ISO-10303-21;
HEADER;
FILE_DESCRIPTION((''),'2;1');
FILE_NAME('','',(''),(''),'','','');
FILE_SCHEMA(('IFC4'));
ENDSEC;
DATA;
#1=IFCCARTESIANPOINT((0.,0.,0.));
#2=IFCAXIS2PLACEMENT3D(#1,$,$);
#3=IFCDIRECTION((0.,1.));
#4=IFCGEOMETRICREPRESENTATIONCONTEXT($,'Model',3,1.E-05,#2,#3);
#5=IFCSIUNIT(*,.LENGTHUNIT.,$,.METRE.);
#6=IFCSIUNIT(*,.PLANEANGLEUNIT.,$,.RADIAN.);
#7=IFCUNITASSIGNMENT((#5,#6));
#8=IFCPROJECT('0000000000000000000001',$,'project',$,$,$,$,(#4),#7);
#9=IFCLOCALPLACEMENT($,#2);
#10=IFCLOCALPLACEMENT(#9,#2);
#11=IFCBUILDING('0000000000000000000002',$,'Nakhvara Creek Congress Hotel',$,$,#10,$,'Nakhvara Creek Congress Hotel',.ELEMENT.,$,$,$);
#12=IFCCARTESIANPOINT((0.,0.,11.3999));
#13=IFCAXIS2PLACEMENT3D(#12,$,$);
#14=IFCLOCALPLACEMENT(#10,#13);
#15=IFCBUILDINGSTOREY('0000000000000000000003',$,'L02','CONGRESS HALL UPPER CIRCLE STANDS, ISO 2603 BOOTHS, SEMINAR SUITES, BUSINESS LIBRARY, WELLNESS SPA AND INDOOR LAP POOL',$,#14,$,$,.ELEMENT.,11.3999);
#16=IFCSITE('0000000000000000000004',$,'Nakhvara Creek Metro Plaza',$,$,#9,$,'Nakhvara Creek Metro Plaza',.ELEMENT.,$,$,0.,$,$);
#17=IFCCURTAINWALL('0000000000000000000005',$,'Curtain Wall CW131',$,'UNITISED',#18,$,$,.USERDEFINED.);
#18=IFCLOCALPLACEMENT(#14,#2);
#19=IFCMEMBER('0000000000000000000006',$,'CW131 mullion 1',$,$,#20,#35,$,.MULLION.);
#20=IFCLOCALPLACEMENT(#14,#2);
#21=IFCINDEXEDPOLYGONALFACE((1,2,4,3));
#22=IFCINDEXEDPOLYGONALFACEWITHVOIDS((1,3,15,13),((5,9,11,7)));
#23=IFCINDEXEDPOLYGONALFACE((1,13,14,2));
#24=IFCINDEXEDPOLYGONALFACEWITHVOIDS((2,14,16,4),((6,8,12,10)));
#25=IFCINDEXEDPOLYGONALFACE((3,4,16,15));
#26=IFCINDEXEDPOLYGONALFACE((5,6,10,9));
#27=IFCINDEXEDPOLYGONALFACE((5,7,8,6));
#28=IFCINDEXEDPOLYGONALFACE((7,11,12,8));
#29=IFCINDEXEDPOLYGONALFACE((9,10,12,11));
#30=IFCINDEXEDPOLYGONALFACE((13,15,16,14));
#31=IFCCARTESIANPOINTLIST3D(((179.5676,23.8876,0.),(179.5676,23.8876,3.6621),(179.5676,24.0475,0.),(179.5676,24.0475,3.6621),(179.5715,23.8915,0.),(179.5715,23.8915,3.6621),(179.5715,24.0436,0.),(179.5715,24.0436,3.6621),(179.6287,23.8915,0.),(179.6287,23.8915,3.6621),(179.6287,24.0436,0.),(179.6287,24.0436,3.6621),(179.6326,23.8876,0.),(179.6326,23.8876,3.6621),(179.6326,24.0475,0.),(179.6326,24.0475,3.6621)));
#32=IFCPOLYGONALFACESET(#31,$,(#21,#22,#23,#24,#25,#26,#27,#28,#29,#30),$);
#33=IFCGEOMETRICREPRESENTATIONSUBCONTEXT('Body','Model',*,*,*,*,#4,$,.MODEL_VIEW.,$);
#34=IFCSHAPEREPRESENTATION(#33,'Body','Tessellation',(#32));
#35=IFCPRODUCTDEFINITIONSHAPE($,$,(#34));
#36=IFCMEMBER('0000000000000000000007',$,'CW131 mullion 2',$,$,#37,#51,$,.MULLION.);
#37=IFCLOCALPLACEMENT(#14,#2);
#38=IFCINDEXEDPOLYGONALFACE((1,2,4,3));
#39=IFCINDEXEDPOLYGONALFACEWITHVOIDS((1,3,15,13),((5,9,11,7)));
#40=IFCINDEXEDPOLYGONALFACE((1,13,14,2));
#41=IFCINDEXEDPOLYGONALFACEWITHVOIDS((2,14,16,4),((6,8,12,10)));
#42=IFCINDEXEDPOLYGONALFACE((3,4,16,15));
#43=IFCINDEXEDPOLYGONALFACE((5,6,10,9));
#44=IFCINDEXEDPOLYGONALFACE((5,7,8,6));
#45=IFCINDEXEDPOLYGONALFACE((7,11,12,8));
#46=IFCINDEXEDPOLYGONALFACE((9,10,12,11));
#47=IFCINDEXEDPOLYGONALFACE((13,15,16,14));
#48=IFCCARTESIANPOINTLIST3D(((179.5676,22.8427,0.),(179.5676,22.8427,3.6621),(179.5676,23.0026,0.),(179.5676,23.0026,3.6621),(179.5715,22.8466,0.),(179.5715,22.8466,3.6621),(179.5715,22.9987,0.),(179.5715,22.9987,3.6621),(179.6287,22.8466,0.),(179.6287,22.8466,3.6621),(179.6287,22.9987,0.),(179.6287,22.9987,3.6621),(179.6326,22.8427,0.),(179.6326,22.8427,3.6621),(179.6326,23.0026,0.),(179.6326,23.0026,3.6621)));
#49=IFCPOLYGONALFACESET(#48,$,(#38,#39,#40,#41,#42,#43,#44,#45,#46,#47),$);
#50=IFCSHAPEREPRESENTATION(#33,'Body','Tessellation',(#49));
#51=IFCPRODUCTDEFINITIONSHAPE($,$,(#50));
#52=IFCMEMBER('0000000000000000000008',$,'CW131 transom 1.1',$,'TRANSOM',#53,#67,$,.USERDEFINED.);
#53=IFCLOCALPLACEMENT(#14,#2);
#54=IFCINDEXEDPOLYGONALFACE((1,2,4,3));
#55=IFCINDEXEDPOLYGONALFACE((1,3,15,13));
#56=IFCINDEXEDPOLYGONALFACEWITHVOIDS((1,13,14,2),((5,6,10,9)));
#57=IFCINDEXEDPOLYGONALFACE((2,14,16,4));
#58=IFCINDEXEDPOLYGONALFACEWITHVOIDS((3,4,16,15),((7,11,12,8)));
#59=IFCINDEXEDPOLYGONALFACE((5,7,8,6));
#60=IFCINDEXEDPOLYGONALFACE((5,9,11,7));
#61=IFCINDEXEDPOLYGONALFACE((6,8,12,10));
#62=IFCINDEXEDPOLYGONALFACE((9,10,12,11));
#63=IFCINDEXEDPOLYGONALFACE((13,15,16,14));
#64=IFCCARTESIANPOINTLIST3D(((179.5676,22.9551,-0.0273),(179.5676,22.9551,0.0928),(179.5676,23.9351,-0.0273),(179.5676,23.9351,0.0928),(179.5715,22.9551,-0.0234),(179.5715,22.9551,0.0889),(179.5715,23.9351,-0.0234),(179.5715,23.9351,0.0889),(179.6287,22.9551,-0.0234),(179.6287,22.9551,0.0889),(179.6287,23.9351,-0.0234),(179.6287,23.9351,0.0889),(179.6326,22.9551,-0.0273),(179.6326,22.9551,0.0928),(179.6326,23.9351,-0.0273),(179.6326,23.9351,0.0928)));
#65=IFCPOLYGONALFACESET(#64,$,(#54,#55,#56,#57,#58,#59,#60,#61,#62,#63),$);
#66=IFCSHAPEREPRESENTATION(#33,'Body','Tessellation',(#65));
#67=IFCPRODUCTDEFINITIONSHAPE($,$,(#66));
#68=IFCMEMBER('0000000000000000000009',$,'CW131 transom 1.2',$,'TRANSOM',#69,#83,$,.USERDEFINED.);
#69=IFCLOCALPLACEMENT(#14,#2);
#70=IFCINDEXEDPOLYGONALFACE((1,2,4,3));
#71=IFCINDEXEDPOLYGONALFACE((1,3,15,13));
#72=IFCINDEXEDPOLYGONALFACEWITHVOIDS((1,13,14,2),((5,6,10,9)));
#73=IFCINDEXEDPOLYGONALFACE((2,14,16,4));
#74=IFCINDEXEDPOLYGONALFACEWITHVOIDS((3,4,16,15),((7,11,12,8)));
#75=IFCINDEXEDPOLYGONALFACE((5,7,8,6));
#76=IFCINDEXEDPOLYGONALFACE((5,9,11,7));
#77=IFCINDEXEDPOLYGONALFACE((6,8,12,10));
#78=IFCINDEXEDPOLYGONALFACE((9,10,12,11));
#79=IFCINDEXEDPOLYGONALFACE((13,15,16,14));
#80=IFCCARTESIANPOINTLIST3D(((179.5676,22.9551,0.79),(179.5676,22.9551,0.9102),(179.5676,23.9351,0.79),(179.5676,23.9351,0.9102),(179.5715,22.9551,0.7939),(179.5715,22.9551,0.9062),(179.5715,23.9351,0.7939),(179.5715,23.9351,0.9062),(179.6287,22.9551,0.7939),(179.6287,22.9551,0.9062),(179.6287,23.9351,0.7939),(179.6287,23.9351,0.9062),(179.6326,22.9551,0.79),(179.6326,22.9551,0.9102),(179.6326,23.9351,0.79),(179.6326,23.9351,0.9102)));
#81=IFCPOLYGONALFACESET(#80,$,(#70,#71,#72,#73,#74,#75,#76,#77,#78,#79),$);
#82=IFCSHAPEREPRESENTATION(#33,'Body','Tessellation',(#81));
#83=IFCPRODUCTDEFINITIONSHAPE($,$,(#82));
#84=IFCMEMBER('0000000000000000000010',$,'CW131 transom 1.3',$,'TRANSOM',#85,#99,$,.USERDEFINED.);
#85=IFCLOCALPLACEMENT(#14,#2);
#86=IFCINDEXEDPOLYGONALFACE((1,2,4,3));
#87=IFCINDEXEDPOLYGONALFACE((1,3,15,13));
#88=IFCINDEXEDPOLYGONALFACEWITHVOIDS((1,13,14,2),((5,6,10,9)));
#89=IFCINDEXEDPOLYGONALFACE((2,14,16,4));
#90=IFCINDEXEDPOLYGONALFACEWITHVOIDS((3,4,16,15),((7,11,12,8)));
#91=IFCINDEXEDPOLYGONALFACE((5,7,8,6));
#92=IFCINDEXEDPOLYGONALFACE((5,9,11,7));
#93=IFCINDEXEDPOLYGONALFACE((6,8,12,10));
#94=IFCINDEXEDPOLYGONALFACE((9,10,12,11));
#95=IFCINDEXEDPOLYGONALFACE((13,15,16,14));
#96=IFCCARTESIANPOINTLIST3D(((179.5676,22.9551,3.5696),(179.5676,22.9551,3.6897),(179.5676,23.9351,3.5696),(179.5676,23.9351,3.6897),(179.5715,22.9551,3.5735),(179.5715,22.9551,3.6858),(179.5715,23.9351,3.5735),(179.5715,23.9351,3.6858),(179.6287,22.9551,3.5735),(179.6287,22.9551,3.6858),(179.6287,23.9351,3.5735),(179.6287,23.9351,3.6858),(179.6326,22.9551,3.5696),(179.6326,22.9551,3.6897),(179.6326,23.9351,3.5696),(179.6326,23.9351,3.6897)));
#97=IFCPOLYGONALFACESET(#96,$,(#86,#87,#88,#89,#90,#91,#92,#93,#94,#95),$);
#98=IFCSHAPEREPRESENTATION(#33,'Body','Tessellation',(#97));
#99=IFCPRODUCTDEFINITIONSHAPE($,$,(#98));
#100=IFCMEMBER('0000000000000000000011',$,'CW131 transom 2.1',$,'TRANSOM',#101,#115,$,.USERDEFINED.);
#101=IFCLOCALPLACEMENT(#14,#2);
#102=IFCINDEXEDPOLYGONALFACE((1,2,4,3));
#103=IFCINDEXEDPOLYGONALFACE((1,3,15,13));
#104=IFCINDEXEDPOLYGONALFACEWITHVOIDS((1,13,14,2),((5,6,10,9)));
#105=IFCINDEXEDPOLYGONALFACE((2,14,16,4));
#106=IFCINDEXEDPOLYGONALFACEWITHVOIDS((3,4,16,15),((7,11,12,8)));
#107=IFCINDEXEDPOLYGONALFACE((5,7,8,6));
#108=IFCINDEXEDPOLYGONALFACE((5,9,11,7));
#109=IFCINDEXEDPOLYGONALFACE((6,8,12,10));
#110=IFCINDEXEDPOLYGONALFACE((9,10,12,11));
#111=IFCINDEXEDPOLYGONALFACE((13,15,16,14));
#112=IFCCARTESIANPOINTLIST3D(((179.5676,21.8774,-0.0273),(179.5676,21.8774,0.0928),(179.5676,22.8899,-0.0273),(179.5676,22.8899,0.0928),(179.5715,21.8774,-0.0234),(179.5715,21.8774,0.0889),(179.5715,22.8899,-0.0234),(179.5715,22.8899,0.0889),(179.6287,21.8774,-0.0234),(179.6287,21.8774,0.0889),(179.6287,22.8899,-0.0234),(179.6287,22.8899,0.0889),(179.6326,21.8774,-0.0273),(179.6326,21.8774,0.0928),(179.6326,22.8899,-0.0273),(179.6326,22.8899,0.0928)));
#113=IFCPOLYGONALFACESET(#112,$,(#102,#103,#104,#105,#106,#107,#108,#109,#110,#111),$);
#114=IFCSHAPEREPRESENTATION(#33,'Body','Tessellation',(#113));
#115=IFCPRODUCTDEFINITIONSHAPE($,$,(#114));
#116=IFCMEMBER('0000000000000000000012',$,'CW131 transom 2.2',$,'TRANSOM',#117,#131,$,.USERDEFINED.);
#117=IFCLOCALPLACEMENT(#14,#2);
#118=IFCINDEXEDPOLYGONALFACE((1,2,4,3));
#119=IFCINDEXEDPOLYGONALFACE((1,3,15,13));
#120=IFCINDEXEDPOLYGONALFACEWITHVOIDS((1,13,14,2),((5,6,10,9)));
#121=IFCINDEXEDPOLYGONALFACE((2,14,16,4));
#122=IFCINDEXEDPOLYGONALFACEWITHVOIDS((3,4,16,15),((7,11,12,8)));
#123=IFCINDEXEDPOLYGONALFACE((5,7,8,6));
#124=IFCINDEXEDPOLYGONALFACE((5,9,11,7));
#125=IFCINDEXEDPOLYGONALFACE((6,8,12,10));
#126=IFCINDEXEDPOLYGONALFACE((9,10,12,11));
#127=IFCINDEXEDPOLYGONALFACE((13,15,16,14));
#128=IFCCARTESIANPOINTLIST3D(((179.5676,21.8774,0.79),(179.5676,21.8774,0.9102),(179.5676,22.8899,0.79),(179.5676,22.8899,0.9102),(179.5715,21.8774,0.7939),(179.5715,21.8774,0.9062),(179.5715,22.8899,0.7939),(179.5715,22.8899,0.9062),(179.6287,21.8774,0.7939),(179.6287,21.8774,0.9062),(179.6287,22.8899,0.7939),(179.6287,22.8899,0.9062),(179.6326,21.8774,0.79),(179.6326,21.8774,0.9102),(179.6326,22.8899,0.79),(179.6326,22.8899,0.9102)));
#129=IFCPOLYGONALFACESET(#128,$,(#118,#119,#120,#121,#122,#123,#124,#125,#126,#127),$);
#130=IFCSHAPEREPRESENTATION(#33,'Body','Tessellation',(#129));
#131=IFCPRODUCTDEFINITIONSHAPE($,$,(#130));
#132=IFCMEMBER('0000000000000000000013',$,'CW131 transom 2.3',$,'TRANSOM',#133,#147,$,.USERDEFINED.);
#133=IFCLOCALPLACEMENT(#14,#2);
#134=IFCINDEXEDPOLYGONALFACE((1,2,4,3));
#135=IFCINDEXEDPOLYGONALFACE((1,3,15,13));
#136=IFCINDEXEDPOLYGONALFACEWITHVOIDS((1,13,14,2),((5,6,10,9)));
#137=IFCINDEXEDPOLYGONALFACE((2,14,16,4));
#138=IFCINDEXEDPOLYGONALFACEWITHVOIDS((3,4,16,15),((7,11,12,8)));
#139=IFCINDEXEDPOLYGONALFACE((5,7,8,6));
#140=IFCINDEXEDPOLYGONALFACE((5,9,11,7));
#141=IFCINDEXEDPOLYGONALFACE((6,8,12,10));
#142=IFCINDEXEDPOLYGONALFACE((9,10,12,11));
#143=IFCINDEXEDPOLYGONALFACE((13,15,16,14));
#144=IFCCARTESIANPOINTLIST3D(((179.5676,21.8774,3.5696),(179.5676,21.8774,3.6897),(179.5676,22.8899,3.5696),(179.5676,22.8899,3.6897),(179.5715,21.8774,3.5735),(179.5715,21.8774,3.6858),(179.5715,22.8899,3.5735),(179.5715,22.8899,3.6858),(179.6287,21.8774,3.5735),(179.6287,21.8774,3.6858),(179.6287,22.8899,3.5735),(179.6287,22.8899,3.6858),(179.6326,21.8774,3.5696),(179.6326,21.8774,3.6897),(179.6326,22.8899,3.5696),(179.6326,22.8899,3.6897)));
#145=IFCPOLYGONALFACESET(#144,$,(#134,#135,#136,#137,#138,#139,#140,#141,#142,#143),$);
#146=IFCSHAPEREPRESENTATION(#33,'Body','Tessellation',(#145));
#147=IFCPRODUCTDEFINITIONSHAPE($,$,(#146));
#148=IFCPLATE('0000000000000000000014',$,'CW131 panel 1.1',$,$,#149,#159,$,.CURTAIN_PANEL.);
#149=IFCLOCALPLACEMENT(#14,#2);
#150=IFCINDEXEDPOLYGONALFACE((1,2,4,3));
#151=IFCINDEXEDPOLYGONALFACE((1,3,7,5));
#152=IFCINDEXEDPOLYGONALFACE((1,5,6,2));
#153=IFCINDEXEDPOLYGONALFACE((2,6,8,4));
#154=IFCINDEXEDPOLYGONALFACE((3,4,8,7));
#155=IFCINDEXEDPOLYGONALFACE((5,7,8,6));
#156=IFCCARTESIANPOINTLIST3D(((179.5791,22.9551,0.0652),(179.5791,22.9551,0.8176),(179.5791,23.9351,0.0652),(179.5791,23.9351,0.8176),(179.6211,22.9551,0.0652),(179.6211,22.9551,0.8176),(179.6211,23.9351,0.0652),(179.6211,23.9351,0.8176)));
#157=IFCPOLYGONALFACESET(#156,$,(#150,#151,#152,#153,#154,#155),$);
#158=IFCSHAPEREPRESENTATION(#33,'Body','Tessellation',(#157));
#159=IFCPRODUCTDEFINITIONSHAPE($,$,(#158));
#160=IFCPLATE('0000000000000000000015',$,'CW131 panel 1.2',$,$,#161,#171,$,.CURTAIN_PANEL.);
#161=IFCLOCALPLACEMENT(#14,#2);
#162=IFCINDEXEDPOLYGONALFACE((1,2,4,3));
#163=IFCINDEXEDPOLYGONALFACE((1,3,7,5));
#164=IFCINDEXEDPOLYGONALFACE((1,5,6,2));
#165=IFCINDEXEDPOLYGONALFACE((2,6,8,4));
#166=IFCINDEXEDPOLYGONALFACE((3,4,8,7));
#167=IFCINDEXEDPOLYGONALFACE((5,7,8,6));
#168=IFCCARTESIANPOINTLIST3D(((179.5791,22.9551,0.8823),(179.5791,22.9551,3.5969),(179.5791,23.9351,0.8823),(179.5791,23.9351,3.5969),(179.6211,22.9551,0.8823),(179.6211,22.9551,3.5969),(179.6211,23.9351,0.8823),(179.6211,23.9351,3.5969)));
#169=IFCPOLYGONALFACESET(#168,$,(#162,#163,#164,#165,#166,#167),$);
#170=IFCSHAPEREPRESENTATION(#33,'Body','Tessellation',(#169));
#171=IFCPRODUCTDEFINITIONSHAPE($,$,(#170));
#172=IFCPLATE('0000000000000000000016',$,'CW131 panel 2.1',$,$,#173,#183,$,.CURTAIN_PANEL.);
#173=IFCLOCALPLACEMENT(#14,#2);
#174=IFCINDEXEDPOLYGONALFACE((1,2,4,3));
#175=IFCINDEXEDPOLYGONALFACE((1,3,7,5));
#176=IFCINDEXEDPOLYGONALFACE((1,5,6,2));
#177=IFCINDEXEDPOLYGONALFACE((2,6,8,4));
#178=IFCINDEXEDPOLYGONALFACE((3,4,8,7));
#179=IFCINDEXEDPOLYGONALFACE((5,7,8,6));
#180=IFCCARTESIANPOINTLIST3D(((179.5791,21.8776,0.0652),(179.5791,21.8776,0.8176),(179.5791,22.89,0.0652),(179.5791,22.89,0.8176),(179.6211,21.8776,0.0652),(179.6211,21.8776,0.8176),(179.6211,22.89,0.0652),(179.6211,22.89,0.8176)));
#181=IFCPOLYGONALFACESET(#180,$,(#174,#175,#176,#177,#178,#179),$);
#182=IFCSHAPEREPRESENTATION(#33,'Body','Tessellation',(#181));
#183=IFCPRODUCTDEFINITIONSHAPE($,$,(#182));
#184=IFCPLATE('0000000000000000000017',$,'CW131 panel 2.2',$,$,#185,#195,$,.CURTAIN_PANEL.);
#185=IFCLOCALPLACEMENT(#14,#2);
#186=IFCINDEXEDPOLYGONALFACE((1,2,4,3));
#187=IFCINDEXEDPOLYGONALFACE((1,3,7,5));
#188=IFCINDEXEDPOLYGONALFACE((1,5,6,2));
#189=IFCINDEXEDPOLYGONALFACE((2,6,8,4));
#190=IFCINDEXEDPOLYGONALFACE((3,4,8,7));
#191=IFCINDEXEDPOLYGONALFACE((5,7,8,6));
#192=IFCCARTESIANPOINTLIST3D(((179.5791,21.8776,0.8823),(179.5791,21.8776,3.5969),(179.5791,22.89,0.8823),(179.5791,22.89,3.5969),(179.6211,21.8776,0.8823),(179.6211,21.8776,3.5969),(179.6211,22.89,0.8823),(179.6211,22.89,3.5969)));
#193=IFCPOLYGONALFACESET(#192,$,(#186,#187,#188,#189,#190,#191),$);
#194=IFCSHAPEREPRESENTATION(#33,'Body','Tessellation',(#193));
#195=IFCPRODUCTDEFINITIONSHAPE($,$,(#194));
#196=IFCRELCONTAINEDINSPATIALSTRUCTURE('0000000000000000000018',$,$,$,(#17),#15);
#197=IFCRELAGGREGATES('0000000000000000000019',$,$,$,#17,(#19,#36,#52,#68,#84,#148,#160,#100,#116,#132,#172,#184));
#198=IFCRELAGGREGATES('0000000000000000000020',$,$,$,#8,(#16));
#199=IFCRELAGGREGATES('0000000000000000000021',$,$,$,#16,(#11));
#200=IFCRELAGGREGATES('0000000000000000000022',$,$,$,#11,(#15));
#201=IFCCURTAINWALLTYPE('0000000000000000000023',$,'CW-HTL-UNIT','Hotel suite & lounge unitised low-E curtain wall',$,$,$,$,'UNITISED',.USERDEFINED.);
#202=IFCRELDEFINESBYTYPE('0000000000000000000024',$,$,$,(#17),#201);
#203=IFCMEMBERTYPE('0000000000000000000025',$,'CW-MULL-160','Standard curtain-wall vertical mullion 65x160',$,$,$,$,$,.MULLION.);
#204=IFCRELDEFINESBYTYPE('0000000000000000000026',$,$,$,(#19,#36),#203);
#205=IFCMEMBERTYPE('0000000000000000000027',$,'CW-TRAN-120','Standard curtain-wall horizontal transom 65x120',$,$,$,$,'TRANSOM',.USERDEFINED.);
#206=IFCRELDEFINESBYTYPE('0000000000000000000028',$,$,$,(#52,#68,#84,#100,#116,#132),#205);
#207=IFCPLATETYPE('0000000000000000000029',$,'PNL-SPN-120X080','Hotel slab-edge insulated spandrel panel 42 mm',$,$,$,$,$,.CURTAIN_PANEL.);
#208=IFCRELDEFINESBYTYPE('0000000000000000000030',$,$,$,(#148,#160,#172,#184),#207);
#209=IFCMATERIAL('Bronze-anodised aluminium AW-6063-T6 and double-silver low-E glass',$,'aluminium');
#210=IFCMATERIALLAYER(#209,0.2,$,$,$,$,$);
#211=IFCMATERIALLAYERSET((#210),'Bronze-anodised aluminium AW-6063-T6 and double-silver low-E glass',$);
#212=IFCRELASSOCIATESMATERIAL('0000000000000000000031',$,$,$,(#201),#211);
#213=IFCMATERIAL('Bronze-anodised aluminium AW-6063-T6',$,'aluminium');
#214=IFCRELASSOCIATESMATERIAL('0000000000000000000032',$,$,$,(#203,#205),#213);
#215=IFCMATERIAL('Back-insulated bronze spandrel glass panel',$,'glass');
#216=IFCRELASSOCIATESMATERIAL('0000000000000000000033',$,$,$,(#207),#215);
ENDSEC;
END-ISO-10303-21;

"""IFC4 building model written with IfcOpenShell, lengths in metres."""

from ifc_helpers import new_model, si_unit, direction, frame, origin, origin_2d, place, context, subcontext, project, spatial, rectangle, hollow_rectangle, extrude, material, layer, layer_set, material_profile, profile_set, type_object, element, aggregate, save


model = new_model("IFC4")

# Units and contexts
model_context = context("Model", 3, precision=1e-05, world=origin(), true_north=direction((0.0, 1.0)))
body_context = subcontext(model_context, "Body", "Model", "MODEL_VIEW")
ifc_project = project(units=[si_unit("LENGTHUNIT", "METRE"), si_unit("PLANEANGLEUNIT", "RADIAN")], contexts=[model_context])

# Site, building, storey
site_placement = place(None, origin())
site = spatial("IfcSite", under=ifc_project, at=site_placement, Name="Nakhvara Creek Metro Plaza", LongName="Nakhvara Creek Metro Plaza", CompositionType="ELEMENT", RefElevation=0.0)
building_placement = place(site_placement, origin())
building = spatial("IfcBuilding", under=site, at=building_placement, Name="Nakhvara Creek Congress Hotel", LongName="Nakhvara Creek Congress Hotel", CompositionType="ELEMENT")
storey_placement = place(building_placement, frame((0.0, 0.0, 11.3999)))
storey = spatial("IfcBuildingStorey", under=building, at=storey_placement, Name="L02", Description="CONGRESS HALL UPPER CIRCLE STANDS, ISO 2603 BOOTHS, SEMINAR SUITES, BUSINESS LIBRARY, WELLNESS SPA AND INDOOR LAP POOL", CompositionType="ELEMENT", Elevation=11.3999)

# Curtain wall, members, plates
ifc_material_1 = material(Name="Bronze-anodised aluminium AW-6063-T6 and double-silver low-E glass", Category="aluminium")
ifc_layer_1 = layer(ifc_material_1, 0.2)
ifc_layer_set_1 = layer_set([ifc_layer_1], Name="Bronze-anodised aluminium AW-6063-T6 and double-silver low-E glass")
curtain_wall_type = type_object("IfcCurtainWallType", Name="CW-HTL-UNIT", Description="Hotel suite & lounge unitised low-E curtain wall", ElementType="UNITISED", PredefinedType="USERDEFINED", material=ifc_layer_set_1)
curtain_wall_placement = place(storey_placement, origin())
curtain_wall = element("IfcCurtainWall", 1, at=curtain_wall_placement, inside=storey, type_object=curtain_wall_type, Name="Curtain Wall CW131", ObjectType="UNITISED", PredefinedType="USERDEFINED")
ifc_material_2 = material(Name="Bronze-anodised aluminium AW-6063-T6", Category="aluminium")
ifc_material_profile_1 = material_profile(ifc_material_2, hollow_rectangle(XDim=0.0649, YDim=0.1599, WallThickness=0.0039, at=origin_2d()), Name="ALU-MULL 65x160x4", Category="LoadBearing")
ifc_profile_set_1 = profile_set([ifc_material_profile_1], Name="Bronze-anodised aluminium AW-6063-T6")
member_type_1 = type_object("IfcMemberType", Name="CW-MULL-160", Description="Standard curtain-wall vertical mullion 65x160", PredefinedType="MULLION", material=ifc_profile_set_1)
member_1_placement = place(storey_placement, frame((179.6001, 23.9675, 0.0), z_axis=(0.0, 0.0, 1.0), x_axis=(1.0, 0.0, 0.0)))
member_1 = element("IfcMember", 2, at=member_1_placement, type_object=member_type_1, Name="CW131 mullion 1", PredefinedType="MULLION", context=body_context, shape_type="SweptSolid", body=[
    extrude(hollow_rectangle(XDim=0.0649, YDim=0.1599, WallThickness=0.0039, at=origin_2d()), origin(), (0.0, 0.0, 1.0), 3.6621),
])
member_2_placement = place(storey_placement, frame((179.6001, 22.9226, 0.0), z_axis=(0.0, 0.0, 1.0), x_axis=(1.0, 0.0, 0.0)))
member_2 = element("IfcMember", 3, at=member_2_placement, type_object=member_type_1, Name="CW131 mullion 2", PredefinedType="MULLION", context=body_context, shape_type="SweptSolid", body=[
    extrude(hollow_rectangle(XDim=0.0649, YDim=0.1599, WallThickness=0.0039, at=origin_2d()), origin(), (0.0, 0.0, 1.0), 3.6621),
])
ifc_material_profile_2 = material_profile(ifc_material_2, hollow_rectangle(XDim=0.0649, YDim=0.1201, WallThickness=0.0039, at=origin_2d()), Name="ALU-TRAN 65x120x4", Category="LoadBearing")
ifc_profile_set_2 = profile_set([ifc_material_profile_2], Name="Bronze-anodised aluminium AW-6063-T6")
member_type_2 = type_object("IfcMemberType", Name="CW-TRAN-120", Description="Standard curtain-wall horizontal transom 65x120", ElementType="TRANSOM", PredefinedType="USERDEFINED", material=ifc_profile_set_2)
member_3_placement = place(storey_placement, frame((179.6001, 23.9351, 0.0327), z_axis=(0.0, -1.0, 0.0), x_axis=(1.0, 0.0, 0.0)))
member_3 = element("IfcMember", 4, at=member_3_placement, type_object=member_type_2, Name="CW131 transom 1.1", ObjectType="TRANSOM", PredefinedType="USERDEFINED", context=body_context, shape_type="SweptSolid", body=[
    extrude(hollow_rectangle(XDim=0.0649, YDim=0.1201, WallThickness=0.0039, at=origin_2d()), origin(), (0.0, 0.0, 1.0), 0.98),
])
member_4_placement = place(storey_placement, frame((179.6001, 23.9351, 0.8501), z_axis=(0.0, -1.0, 0.0), x_axis=(1.0, 0.0, 0.0)))
member_4 = element("IfcMember", 5, at=member_4_placement, type_object=member_type_2, Name="CW131 transom 1.2", ObjectType="TRANSOM", PredefinedType="USERDEFINED", context=body_context, shape_type="SweptSolid", body=[
    extrude(hollow_rectangle(XDim=0.0649, YDim=0.1201, WallThickness=0.0039, at=origin_2d()), origin(), (0.0, 0.0, 1.0), 0.98),
])
member_5_placement = place(storey_placement, frame((179.6001, 23.9351, 3.6296), z_axis=(0.0, -1.0, 0.0), x_axis=(1.0, 0.0, 0.0)))
member_5 = element("IfcMember", 6, at=member_5_placement, type_object=member_type_2, Name="CW131 transom 1.3", ObjectType="TRANSOM", PredefinedType="USERDEFINED", context=body_context, shape_type="SweptSolid", body=[
    extrude(hollow_rectangle(XDim=0.0649, YDim=0.1201, WallThickness=0.0039, at=origin_2d()), origin(), (0.0, 0.0, 1.0), 0.98),
])
member_6_placement = place(storey_placement, frame((179.6001, 22.8899, 0.0327), z_axis=(0.0, -1.0, 0.0), x_axis=(1.0, 0.0, 0.0)))
member_6 = element("IfcMember", 7, at=member_6_placement, type_object=member_type_2, Name="CW131 transom 2.1", ObjectType="TRANSOM", PredefinedType="USERDEFINED", context=body_context, shape_type="SweptSolid", body=[
    extrude(hollow_rectangle(XDim=0.0649, YDim=0.1201, WallThickness=0.0039, at=origin_2d()), origin(), (0.0, 0.0, 1.0), 1.0125),
])
member_7_placement = place(storey_placement, frame((179.6001, 22.8899, 0.8501), z_axis=(0.0, -1.0, 0.0), x_axis=(1.0, 0.0, 0.0)))
member_7 = element("IfcMember", 8, at=member_7_placement, type_object=member_type_2, Name="CW131 transom 2.2", ObjectType="TRANSOM", PredefinedType="USERDEFINED", context=body_context, shape_type="SweptSolid", body=[
    extrude(hollow_rectangle(XDim=0.0649, YDim=0.1201, WallThickness=0.0039, at=origin_2d()), origin(), (0.0, 0.0, 1.0), 1.0125),
])
member_8_placement = place(storey_placement, frame((179.6001, 22.8899, 3.6296), z_axis=(0.0, -1.0, 0.0), x_axis=(1.0, 0.0, 0.0)))
member_8 = element("IfcMember", 9, at=member_8_placement, type_object=member_type_2, Name="CW131 transom 2.3", ObjectType="TRANSOM", PredefinedType="USERDEFINED", context=body_context, shape_type="SweptSolid", body=[
    extrude(hollow_rectangle(XDim=0.0649, YDim=0.1201, WallThickness=0.0039, at=origin_2d()), origin(), (0.0, 0.0, 1.0), 1.0125),
])
ifc_material_3 = material(Name="Back-insulated bronze spandrel glass panel", Category="glass")
plate_type = type_object("IfcPlateType", Name="PNL-SPN-120X080", Description="Hotel slab-edge insulated spandrel panel 42 mm", PredefinedType="CURTAIN_PANEL", material=ifc_material_3)
plate_1_placement = place(storey_placement, frame((179.6001, 23.4451, 0.0652), z_axis=(0.0, 0.0, 1.0), x_axis=(0.0, -1.0, 0.0)))
plate_1 = element("IfcPlate", 10, at=plate_1_placement, type_object=plate_type, Name="CW131 panel 1.1", PredefinedType="CURTAIN_PANEL", context=body_context, shape_type="SweptSolid", body=[
    extrude(rectangle(XDim=0.98, YDim=0.042, at=origin_2d()), origin(), (0.0, 0.0, 1.0), 0.7524),
])
plate_2_placement = place(storey_placement, frame((179.6001, 23.4451, 0.8823), z_axis=(0.0, 0.0, 1.0), x_axis=(0.0, -1.0, 0.0)))
plate_2 = element("IfcPlate", 11, at=plate_2_placement, type_object=plate_type, Name="CW131 panel 1.2", PredefinedType="CURTAIN_PANEL", context=body_context, shape_type="SweptSolid", body=[
    extrude(rectangle(XDim=0.98, YDim=0.042, at=origin_2d()), origin(), (0.0, 0.0, 1.0), 2.7146),
])
plate_3_placement = place(storey_placement, frame((179.6001, 22.3838, 0.0652), z_axis=(0.0, 0.0, 1.0), x_axis=(0.0, -1.0, 0.0)))
plate_3 = element("IfcPlate", 12, at=plate_3_placement, type_object=plate_type, Name="CW131 panel 2.1", PredefinedType="CURTAIN_PANEL", context=body_context, shape_type="SweptSolid", body=[
    extrude(rectangle(XDim=1.0125, YDim=0.042, at=origin_2d()), origin(), (0.0, 0.0, 1.0), 0.7524),
])
plate_4_placement = place(storey_placement, frame((179.6001, 22.3838, 0.8823), z_axis=(0.0, 0.0, 1.0), x_axis=(0.0, -1.0, 0.0)))
plate_4 = element("IfcPlate", 13, at=plate_4_placement, type_object=plate_type, Name="CW131 panel 2.2", PredefinedType="CURTAIN_PANEL", context=body_context, shape_type="SweptSolid", body=[
    extrude(rectangle(XDim=1.0125, YDim=0.042, at=origin_2d()), origin(), (0.0, 0.0, 1.0), 2.7146),
])
aggregate(curtain_wall, [member_1, member_2, member_3, member_4, member_5, plate_1, plate_2, member_6, member_7, member_8, plate_3, plate_4])

save(model, "model.ifc")
